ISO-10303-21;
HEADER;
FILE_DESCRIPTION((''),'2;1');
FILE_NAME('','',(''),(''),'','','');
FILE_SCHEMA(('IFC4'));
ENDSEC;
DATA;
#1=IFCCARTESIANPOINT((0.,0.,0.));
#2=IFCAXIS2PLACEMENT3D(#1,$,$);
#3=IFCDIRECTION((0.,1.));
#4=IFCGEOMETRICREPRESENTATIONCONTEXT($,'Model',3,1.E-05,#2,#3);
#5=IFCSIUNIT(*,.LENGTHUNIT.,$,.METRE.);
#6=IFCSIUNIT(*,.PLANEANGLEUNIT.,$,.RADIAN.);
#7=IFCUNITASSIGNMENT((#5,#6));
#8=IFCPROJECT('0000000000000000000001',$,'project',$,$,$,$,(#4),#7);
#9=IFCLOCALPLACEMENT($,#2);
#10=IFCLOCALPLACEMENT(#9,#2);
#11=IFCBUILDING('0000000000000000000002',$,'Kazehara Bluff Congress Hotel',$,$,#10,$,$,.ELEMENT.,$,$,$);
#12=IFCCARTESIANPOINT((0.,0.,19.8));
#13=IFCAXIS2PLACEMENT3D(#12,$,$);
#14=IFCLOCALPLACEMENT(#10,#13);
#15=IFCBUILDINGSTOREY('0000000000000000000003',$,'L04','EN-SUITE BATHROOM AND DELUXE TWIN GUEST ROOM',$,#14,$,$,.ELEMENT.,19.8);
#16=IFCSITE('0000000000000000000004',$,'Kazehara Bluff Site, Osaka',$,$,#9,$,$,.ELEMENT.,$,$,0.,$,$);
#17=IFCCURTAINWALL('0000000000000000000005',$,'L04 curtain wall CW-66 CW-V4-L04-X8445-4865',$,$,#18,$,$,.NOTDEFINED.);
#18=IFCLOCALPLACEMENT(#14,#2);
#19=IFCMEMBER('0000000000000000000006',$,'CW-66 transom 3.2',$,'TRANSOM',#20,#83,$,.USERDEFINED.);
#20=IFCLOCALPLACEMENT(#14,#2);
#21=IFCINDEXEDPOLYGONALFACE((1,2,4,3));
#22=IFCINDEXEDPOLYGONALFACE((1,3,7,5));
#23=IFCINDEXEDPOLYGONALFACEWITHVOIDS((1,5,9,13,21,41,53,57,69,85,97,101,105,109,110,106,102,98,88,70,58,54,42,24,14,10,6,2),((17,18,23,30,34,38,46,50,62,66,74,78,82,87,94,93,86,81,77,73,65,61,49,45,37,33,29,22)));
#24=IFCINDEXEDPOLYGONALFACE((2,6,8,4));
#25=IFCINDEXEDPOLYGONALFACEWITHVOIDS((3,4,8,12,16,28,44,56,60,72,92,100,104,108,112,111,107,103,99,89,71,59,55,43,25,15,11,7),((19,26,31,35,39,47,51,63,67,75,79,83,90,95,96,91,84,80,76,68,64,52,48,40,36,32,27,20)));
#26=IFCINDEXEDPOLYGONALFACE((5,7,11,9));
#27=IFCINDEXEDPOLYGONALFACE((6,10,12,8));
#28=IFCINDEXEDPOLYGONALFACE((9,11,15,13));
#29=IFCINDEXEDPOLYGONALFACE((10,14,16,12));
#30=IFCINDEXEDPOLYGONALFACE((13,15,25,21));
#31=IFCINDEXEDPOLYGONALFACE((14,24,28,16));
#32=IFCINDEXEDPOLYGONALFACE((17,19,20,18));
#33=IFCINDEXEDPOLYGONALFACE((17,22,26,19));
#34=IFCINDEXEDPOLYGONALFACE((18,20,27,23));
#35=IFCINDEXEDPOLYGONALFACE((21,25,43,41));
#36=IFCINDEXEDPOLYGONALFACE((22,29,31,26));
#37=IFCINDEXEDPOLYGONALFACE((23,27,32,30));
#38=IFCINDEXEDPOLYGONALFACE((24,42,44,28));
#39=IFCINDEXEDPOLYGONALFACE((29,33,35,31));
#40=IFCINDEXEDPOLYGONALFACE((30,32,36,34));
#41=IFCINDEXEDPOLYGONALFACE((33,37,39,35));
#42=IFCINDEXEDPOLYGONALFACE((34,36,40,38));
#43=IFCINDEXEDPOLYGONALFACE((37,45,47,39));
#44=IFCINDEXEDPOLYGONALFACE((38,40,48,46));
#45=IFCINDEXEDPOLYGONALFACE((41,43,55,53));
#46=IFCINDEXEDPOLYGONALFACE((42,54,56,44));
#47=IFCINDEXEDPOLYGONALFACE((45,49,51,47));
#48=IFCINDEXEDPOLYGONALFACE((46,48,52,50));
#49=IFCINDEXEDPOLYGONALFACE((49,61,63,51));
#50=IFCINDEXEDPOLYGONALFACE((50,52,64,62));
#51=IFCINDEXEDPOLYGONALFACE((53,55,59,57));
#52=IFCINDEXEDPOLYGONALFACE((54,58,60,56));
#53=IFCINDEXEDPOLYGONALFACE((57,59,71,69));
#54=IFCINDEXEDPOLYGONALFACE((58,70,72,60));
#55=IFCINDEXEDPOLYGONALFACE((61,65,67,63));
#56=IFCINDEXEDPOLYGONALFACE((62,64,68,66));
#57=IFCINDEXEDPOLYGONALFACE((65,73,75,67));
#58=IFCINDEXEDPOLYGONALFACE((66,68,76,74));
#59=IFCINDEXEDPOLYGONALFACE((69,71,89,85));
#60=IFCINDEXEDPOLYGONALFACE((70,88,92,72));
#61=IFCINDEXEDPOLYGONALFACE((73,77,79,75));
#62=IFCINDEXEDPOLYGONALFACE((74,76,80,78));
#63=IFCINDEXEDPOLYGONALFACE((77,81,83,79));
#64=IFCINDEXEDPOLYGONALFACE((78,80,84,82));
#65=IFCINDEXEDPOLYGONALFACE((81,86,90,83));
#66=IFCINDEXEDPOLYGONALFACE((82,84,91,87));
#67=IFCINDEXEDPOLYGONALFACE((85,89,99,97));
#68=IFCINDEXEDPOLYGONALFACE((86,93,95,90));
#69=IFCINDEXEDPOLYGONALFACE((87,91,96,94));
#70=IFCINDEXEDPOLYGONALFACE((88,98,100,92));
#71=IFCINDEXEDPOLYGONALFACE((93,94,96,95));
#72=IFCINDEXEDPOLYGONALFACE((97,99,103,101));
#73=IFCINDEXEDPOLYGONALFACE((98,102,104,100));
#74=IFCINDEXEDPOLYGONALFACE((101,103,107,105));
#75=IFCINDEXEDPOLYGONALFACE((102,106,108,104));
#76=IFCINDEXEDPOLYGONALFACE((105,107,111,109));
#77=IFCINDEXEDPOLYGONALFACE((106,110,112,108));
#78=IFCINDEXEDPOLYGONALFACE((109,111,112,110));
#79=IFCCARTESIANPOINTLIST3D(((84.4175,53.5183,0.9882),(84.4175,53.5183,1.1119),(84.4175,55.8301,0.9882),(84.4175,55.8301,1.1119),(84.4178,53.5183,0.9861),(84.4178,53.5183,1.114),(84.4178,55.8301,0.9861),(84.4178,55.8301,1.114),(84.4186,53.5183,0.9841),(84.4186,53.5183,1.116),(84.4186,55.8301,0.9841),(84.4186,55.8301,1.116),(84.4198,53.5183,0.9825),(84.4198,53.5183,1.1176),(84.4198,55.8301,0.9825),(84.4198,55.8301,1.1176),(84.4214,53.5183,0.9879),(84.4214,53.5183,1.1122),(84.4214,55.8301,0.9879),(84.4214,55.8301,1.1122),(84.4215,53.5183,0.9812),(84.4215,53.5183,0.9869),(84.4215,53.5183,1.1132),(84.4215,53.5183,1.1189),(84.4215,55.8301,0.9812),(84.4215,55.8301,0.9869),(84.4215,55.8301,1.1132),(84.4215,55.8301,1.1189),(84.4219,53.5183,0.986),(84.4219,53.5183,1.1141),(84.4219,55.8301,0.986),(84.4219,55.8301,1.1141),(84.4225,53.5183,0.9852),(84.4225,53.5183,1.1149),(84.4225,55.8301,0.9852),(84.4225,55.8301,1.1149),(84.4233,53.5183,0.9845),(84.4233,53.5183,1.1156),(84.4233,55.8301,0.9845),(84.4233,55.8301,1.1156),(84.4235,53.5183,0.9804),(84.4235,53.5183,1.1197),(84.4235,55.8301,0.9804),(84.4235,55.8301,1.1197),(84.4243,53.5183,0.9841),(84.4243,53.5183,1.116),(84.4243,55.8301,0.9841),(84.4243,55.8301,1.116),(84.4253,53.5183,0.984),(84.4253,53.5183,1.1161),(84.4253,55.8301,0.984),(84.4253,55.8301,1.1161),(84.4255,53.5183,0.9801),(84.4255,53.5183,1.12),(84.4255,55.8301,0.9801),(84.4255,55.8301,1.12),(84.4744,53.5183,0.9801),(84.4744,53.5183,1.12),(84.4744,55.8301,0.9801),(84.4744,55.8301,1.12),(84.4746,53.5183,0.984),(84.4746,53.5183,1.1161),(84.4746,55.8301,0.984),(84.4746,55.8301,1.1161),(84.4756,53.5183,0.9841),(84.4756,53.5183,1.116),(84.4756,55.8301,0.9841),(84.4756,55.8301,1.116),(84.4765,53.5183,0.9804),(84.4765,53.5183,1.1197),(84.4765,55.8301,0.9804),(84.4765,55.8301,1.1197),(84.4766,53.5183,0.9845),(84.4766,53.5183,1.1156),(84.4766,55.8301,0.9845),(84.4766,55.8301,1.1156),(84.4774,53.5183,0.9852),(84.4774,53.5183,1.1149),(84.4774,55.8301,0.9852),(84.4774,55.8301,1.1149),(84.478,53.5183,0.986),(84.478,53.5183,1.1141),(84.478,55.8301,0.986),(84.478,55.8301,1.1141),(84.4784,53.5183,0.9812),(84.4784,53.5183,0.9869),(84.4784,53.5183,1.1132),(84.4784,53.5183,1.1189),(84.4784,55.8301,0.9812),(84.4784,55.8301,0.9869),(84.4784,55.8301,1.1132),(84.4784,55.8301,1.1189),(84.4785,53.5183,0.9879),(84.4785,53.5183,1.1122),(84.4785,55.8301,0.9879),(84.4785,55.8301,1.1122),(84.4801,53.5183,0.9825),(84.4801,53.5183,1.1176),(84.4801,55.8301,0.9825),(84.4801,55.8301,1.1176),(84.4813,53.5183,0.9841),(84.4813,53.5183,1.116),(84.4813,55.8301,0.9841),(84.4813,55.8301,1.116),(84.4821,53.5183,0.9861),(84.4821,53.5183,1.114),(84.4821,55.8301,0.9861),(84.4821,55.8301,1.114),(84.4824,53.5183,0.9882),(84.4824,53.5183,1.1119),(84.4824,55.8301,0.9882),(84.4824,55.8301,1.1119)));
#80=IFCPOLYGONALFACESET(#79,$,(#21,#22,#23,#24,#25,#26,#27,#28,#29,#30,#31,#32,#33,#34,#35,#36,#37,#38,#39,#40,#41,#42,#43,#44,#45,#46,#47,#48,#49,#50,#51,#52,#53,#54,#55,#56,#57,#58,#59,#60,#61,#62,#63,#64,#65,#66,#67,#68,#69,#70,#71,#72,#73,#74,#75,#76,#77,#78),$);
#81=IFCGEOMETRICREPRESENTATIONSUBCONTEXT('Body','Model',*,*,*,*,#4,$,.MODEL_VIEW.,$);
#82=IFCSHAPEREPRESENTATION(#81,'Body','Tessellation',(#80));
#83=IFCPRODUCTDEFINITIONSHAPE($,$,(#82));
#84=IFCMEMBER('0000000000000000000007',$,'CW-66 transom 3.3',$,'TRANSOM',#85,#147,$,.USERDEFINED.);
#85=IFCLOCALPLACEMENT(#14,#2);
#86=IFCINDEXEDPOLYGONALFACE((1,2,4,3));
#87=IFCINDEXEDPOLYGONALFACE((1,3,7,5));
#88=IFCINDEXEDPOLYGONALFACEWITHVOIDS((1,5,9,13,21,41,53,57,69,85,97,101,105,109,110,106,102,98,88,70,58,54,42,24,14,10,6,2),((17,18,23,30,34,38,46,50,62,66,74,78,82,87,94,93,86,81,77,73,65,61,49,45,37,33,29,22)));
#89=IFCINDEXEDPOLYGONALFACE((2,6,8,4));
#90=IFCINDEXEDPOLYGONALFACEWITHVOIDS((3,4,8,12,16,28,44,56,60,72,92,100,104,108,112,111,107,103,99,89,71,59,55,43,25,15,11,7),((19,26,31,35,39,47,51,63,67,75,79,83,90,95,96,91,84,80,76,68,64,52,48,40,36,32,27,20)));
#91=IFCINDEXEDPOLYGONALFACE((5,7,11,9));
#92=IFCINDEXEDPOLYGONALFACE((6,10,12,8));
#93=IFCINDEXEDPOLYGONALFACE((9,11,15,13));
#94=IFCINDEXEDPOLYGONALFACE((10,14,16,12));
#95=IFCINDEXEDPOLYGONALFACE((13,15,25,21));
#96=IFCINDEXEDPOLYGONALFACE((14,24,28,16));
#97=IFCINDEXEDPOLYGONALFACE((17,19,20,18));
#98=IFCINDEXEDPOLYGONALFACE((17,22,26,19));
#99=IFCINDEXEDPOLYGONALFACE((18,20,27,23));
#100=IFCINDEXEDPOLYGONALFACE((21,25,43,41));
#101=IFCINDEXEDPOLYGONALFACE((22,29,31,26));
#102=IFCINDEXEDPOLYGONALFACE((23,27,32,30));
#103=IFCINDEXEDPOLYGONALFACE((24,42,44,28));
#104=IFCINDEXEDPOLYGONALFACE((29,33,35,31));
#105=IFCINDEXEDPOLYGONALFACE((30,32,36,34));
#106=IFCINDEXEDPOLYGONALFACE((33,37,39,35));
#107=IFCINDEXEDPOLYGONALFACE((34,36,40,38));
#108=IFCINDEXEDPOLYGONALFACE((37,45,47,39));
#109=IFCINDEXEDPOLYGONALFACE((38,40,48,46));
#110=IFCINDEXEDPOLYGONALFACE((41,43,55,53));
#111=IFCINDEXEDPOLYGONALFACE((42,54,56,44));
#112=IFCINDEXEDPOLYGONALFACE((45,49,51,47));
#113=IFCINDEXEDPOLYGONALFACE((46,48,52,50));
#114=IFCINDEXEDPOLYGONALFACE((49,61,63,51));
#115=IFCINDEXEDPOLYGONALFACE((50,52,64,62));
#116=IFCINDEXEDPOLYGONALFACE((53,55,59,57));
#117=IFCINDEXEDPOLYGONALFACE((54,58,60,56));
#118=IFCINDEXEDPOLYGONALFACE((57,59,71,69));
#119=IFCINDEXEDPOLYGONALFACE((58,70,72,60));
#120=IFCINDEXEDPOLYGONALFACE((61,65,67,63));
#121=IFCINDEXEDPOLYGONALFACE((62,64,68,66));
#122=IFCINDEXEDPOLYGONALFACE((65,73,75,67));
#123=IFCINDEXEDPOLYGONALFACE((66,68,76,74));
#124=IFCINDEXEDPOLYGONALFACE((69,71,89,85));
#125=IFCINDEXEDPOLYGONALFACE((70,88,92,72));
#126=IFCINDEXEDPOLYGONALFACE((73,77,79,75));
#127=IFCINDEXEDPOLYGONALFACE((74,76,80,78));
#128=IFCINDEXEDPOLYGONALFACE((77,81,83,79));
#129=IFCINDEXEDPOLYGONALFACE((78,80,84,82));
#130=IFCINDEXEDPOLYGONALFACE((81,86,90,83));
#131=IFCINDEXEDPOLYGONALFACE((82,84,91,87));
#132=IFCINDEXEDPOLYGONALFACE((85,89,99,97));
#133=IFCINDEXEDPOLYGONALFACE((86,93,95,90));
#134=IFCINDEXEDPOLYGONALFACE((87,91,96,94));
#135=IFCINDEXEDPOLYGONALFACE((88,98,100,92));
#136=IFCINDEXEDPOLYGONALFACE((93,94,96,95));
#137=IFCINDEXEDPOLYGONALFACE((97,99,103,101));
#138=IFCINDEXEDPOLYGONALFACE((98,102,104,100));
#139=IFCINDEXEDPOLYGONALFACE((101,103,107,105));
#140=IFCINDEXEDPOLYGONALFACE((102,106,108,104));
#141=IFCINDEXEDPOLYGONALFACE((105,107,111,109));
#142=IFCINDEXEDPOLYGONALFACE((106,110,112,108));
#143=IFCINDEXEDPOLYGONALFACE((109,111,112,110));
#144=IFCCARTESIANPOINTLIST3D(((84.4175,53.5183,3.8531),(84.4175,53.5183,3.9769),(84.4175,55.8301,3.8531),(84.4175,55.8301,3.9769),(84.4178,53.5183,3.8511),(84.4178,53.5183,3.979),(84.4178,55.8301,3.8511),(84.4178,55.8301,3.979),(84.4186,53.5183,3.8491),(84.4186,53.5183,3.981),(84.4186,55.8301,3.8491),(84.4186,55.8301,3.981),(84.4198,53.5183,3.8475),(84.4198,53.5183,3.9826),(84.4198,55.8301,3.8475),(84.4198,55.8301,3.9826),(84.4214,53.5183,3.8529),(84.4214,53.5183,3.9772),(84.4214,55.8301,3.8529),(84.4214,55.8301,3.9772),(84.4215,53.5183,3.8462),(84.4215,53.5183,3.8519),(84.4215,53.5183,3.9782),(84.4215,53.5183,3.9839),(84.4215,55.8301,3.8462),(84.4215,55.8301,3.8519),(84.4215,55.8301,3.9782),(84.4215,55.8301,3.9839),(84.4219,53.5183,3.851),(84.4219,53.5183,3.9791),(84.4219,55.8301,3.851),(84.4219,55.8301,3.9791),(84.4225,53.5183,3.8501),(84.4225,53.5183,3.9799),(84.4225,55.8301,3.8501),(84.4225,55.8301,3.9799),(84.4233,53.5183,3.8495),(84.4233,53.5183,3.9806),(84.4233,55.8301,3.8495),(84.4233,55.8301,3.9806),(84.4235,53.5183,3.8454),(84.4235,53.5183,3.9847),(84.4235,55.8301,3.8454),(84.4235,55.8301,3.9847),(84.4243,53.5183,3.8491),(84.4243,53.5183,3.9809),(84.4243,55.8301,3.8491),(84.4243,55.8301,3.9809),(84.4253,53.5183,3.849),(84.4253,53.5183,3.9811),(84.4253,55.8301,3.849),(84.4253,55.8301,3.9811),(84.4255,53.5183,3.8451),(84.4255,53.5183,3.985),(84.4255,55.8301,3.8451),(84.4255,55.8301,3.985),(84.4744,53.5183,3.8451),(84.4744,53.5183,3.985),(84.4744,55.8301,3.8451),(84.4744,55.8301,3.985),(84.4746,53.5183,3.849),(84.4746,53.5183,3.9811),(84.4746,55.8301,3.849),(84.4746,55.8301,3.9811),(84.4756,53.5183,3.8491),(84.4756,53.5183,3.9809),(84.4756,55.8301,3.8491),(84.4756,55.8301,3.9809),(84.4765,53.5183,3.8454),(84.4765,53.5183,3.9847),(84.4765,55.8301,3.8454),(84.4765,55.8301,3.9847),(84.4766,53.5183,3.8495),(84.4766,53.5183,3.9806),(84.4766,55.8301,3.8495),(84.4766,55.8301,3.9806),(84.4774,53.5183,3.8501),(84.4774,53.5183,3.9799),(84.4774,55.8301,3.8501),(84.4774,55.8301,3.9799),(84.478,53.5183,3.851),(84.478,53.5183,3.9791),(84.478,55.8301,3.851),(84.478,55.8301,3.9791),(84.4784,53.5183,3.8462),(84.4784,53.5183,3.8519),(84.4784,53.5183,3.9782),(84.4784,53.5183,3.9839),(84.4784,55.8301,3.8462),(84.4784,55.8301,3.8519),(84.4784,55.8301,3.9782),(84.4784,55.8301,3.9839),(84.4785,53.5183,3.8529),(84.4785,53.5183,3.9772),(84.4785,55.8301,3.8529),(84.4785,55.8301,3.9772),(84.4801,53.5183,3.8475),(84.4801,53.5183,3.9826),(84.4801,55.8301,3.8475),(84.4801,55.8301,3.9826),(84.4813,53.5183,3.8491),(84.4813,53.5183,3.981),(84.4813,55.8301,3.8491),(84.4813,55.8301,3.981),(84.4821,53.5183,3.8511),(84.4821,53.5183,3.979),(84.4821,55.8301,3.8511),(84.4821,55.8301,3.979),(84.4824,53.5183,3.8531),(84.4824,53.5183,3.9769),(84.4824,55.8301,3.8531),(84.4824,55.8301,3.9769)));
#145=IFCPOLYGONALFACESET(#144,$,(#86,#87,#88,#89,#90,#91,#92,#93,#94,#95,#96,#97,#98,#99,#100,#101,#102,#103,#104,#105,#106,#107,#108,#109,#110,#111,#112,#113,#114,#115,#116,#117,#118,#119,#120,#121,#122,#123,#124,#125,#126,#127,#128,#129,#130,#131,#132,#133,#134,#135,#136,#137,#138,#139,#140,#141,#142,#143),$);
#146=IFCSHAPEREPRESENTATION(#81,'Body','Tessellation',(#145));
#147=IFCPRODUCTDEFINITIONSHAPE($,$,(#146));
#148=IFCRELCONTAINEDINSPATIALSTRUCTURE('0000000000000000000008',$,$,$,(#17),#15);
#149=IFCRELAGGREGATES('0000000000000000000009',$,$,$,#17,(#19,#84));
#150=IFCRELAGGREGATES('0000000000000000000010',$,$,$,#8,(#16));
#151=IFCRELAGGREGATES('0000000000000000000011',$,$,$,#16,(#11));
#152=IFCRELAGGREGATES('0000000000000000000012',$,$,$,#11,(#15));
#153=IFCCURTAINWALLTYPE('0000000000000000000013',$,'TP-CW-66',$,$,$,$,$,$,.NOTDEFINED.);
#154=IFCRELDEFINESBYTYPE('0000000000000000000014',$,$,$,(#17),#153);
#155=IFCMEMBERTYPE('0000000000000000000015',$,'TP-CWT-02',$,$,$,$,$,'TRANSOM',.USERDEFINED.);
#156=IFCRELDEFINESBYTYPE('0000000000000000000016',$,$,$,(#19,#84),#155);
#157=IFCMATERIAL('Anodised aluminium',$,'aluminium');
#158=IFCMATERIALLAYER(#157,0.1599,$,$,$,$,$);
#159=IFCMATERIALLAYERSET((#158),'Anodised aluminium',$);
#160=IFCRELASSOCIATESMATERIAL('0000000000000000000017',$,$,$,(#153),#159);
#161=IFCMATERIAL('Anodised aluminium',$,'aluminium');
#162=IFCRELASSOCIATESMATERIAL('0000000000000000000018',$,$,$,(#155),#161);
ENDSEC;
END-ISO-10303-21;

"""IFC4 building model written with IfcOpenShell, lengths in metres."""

from ifc_helpers import new_model, si_unit, direction, frame, origin, origin_2d, place, context, subcontext, project, spatial, hollow_rectangle, extrude, material, layer, layer_set, material_profile, profile_set, type_object, element, aggregate, save


model = new_model("IFC4")

# Units and contexts
model_context = context("Model", 3, precision=1e-05, world=origin(), true_north=direction((0.0, 1.0)))
body_context = subcontext(model_context, "Body", "Model", "MODEL_VIEW")
ifc_project = project(units=[si_unit("LENGTHUNIT", "METRE"), si_unit("PLANEANGLEUNIT", "RADIAN")], contexts=[model_context])

# Site, building, storey
site_placement = place(None, origin())
site = spatial("IfcSite", under=ifc_project, at=site_placement, Name="Kazehara Bluff Site, Osaka", CompositionType="ELEMENT", RefElevation=0.0)
building_placement = place(site_placement, origin())
building = spatial("IfcBuilding", under=site, at=building_placement, Name="Kazehara Bluff Congress Hotel", CompositionType="ELEMENT")
storey_placement = place(building_placement, frame((0.0, 0.0, 19.8)))
storey = spatial("IfcBuildingStorey", under=building, at=storey_placement, Name="L04", Description="EN-SUITE BATHROOM AND DELUXE TWIN GUEST ROOM", CompositionType="ELEMENT", Elevation=19.8)

# Curtain wall
ifc_material_1 = material(Name="Anodised aluminium", Category="aluminium")
ifc_layer_1 = layer(ifc_material_1, 0.1599)
ifc_layer_set_1 = layer_set([ifc_layer_1], Name="Anodised aluminium")
curtain_wall_type_1 = type_object("IfcCurtainWallType", Name="TP-CW-66", PredefinedType="NOTDEFINED", material=ifc_layer_set_1)
curtain_wall_1_placement = place(storey_placement, origin())
curtain_wall_1 = element("IfcCurtainWall", 1, at=curtain_wall_1_placement, inside=storey, type_object=curtain_wall_type_1, Name="L04 curtain wall CW-66 CW-V4-L04-X8445-4865", PredefinedType="NOTDEFINED")

# Members
ifc_material_2 = material(Name="Anodised aluminium", Category="aluminium")
ifc_material_profile_1 = material_profile(ifc_material_2, hollow_rectangle(XDim=0.0649, YDim=0.1399, WallThickness=0.0039, InnerFilletRadius=0.0039, OuterFilletRadius=0.0081, at=origin_2d()))
ifc_profile_set_1 = profile_set([ifc_material_profile_1], Name="Anodised aluminium")
member_type_1 = type_object("IfcMemberType", Name="TP-CWT-02", ElementType="TRANSOM", PredefinedType="USERDEFINED", material=ifc_profile_set_1)
member_1_placement = place(storey_placement, frame((84.45, 53.5183, 1.05), z_axis=(0.0, 1.0, 0.0), x_axis=(-1.0, 0.0, 0.0)))
member_1 = element("IfcMember", 2, at=member_1_placement, type_object=member_type_1, Name="CW-66 transom 3.2", ObjectType="TRANSOM", PredefinedType="USERDEFINED", context=body_context, shape_type="SweptSolid", body=[
    extrude(hollow_rectangle(XDim=0.0649, YDim=0.1399, WallThickness=0.0039, InnerFilletRadius=0.0039, OuterFilletRadius=0.0081, at=origin_2d()), origin(), (0.0, 0.0, 1.0), 2.3118),
])
member_2_placement = place(storey_placement, frame((84.45, 53.5183, 3.915), z_axis=(0.0, 1.0, 0.0), x_axis=(-1.0, 0.0, 0.0)))
member_2 = element("IfcMember", 3, at=member_2_placement, type_object=member_type_1, Name="CW-66 transom 3.3", ObjectType="TRANSOM", PredefinedType="USERDEFINED", context=body_context, shape_type="SweptSolid", body=[
    extrude(hollow_rectangle(XDim=0.0649, YDim=0.1399, WallThickness=0.0039, InnerFilletRadius=0.0039, OuterFilletRadius=0.0081, at=origin_2d()), origin(), (0.0, 0.0, 1.0), 2.3118),
])

aggregate(curtain_wall_1, [member_1, member_2])

save(model, "model.ifc")
